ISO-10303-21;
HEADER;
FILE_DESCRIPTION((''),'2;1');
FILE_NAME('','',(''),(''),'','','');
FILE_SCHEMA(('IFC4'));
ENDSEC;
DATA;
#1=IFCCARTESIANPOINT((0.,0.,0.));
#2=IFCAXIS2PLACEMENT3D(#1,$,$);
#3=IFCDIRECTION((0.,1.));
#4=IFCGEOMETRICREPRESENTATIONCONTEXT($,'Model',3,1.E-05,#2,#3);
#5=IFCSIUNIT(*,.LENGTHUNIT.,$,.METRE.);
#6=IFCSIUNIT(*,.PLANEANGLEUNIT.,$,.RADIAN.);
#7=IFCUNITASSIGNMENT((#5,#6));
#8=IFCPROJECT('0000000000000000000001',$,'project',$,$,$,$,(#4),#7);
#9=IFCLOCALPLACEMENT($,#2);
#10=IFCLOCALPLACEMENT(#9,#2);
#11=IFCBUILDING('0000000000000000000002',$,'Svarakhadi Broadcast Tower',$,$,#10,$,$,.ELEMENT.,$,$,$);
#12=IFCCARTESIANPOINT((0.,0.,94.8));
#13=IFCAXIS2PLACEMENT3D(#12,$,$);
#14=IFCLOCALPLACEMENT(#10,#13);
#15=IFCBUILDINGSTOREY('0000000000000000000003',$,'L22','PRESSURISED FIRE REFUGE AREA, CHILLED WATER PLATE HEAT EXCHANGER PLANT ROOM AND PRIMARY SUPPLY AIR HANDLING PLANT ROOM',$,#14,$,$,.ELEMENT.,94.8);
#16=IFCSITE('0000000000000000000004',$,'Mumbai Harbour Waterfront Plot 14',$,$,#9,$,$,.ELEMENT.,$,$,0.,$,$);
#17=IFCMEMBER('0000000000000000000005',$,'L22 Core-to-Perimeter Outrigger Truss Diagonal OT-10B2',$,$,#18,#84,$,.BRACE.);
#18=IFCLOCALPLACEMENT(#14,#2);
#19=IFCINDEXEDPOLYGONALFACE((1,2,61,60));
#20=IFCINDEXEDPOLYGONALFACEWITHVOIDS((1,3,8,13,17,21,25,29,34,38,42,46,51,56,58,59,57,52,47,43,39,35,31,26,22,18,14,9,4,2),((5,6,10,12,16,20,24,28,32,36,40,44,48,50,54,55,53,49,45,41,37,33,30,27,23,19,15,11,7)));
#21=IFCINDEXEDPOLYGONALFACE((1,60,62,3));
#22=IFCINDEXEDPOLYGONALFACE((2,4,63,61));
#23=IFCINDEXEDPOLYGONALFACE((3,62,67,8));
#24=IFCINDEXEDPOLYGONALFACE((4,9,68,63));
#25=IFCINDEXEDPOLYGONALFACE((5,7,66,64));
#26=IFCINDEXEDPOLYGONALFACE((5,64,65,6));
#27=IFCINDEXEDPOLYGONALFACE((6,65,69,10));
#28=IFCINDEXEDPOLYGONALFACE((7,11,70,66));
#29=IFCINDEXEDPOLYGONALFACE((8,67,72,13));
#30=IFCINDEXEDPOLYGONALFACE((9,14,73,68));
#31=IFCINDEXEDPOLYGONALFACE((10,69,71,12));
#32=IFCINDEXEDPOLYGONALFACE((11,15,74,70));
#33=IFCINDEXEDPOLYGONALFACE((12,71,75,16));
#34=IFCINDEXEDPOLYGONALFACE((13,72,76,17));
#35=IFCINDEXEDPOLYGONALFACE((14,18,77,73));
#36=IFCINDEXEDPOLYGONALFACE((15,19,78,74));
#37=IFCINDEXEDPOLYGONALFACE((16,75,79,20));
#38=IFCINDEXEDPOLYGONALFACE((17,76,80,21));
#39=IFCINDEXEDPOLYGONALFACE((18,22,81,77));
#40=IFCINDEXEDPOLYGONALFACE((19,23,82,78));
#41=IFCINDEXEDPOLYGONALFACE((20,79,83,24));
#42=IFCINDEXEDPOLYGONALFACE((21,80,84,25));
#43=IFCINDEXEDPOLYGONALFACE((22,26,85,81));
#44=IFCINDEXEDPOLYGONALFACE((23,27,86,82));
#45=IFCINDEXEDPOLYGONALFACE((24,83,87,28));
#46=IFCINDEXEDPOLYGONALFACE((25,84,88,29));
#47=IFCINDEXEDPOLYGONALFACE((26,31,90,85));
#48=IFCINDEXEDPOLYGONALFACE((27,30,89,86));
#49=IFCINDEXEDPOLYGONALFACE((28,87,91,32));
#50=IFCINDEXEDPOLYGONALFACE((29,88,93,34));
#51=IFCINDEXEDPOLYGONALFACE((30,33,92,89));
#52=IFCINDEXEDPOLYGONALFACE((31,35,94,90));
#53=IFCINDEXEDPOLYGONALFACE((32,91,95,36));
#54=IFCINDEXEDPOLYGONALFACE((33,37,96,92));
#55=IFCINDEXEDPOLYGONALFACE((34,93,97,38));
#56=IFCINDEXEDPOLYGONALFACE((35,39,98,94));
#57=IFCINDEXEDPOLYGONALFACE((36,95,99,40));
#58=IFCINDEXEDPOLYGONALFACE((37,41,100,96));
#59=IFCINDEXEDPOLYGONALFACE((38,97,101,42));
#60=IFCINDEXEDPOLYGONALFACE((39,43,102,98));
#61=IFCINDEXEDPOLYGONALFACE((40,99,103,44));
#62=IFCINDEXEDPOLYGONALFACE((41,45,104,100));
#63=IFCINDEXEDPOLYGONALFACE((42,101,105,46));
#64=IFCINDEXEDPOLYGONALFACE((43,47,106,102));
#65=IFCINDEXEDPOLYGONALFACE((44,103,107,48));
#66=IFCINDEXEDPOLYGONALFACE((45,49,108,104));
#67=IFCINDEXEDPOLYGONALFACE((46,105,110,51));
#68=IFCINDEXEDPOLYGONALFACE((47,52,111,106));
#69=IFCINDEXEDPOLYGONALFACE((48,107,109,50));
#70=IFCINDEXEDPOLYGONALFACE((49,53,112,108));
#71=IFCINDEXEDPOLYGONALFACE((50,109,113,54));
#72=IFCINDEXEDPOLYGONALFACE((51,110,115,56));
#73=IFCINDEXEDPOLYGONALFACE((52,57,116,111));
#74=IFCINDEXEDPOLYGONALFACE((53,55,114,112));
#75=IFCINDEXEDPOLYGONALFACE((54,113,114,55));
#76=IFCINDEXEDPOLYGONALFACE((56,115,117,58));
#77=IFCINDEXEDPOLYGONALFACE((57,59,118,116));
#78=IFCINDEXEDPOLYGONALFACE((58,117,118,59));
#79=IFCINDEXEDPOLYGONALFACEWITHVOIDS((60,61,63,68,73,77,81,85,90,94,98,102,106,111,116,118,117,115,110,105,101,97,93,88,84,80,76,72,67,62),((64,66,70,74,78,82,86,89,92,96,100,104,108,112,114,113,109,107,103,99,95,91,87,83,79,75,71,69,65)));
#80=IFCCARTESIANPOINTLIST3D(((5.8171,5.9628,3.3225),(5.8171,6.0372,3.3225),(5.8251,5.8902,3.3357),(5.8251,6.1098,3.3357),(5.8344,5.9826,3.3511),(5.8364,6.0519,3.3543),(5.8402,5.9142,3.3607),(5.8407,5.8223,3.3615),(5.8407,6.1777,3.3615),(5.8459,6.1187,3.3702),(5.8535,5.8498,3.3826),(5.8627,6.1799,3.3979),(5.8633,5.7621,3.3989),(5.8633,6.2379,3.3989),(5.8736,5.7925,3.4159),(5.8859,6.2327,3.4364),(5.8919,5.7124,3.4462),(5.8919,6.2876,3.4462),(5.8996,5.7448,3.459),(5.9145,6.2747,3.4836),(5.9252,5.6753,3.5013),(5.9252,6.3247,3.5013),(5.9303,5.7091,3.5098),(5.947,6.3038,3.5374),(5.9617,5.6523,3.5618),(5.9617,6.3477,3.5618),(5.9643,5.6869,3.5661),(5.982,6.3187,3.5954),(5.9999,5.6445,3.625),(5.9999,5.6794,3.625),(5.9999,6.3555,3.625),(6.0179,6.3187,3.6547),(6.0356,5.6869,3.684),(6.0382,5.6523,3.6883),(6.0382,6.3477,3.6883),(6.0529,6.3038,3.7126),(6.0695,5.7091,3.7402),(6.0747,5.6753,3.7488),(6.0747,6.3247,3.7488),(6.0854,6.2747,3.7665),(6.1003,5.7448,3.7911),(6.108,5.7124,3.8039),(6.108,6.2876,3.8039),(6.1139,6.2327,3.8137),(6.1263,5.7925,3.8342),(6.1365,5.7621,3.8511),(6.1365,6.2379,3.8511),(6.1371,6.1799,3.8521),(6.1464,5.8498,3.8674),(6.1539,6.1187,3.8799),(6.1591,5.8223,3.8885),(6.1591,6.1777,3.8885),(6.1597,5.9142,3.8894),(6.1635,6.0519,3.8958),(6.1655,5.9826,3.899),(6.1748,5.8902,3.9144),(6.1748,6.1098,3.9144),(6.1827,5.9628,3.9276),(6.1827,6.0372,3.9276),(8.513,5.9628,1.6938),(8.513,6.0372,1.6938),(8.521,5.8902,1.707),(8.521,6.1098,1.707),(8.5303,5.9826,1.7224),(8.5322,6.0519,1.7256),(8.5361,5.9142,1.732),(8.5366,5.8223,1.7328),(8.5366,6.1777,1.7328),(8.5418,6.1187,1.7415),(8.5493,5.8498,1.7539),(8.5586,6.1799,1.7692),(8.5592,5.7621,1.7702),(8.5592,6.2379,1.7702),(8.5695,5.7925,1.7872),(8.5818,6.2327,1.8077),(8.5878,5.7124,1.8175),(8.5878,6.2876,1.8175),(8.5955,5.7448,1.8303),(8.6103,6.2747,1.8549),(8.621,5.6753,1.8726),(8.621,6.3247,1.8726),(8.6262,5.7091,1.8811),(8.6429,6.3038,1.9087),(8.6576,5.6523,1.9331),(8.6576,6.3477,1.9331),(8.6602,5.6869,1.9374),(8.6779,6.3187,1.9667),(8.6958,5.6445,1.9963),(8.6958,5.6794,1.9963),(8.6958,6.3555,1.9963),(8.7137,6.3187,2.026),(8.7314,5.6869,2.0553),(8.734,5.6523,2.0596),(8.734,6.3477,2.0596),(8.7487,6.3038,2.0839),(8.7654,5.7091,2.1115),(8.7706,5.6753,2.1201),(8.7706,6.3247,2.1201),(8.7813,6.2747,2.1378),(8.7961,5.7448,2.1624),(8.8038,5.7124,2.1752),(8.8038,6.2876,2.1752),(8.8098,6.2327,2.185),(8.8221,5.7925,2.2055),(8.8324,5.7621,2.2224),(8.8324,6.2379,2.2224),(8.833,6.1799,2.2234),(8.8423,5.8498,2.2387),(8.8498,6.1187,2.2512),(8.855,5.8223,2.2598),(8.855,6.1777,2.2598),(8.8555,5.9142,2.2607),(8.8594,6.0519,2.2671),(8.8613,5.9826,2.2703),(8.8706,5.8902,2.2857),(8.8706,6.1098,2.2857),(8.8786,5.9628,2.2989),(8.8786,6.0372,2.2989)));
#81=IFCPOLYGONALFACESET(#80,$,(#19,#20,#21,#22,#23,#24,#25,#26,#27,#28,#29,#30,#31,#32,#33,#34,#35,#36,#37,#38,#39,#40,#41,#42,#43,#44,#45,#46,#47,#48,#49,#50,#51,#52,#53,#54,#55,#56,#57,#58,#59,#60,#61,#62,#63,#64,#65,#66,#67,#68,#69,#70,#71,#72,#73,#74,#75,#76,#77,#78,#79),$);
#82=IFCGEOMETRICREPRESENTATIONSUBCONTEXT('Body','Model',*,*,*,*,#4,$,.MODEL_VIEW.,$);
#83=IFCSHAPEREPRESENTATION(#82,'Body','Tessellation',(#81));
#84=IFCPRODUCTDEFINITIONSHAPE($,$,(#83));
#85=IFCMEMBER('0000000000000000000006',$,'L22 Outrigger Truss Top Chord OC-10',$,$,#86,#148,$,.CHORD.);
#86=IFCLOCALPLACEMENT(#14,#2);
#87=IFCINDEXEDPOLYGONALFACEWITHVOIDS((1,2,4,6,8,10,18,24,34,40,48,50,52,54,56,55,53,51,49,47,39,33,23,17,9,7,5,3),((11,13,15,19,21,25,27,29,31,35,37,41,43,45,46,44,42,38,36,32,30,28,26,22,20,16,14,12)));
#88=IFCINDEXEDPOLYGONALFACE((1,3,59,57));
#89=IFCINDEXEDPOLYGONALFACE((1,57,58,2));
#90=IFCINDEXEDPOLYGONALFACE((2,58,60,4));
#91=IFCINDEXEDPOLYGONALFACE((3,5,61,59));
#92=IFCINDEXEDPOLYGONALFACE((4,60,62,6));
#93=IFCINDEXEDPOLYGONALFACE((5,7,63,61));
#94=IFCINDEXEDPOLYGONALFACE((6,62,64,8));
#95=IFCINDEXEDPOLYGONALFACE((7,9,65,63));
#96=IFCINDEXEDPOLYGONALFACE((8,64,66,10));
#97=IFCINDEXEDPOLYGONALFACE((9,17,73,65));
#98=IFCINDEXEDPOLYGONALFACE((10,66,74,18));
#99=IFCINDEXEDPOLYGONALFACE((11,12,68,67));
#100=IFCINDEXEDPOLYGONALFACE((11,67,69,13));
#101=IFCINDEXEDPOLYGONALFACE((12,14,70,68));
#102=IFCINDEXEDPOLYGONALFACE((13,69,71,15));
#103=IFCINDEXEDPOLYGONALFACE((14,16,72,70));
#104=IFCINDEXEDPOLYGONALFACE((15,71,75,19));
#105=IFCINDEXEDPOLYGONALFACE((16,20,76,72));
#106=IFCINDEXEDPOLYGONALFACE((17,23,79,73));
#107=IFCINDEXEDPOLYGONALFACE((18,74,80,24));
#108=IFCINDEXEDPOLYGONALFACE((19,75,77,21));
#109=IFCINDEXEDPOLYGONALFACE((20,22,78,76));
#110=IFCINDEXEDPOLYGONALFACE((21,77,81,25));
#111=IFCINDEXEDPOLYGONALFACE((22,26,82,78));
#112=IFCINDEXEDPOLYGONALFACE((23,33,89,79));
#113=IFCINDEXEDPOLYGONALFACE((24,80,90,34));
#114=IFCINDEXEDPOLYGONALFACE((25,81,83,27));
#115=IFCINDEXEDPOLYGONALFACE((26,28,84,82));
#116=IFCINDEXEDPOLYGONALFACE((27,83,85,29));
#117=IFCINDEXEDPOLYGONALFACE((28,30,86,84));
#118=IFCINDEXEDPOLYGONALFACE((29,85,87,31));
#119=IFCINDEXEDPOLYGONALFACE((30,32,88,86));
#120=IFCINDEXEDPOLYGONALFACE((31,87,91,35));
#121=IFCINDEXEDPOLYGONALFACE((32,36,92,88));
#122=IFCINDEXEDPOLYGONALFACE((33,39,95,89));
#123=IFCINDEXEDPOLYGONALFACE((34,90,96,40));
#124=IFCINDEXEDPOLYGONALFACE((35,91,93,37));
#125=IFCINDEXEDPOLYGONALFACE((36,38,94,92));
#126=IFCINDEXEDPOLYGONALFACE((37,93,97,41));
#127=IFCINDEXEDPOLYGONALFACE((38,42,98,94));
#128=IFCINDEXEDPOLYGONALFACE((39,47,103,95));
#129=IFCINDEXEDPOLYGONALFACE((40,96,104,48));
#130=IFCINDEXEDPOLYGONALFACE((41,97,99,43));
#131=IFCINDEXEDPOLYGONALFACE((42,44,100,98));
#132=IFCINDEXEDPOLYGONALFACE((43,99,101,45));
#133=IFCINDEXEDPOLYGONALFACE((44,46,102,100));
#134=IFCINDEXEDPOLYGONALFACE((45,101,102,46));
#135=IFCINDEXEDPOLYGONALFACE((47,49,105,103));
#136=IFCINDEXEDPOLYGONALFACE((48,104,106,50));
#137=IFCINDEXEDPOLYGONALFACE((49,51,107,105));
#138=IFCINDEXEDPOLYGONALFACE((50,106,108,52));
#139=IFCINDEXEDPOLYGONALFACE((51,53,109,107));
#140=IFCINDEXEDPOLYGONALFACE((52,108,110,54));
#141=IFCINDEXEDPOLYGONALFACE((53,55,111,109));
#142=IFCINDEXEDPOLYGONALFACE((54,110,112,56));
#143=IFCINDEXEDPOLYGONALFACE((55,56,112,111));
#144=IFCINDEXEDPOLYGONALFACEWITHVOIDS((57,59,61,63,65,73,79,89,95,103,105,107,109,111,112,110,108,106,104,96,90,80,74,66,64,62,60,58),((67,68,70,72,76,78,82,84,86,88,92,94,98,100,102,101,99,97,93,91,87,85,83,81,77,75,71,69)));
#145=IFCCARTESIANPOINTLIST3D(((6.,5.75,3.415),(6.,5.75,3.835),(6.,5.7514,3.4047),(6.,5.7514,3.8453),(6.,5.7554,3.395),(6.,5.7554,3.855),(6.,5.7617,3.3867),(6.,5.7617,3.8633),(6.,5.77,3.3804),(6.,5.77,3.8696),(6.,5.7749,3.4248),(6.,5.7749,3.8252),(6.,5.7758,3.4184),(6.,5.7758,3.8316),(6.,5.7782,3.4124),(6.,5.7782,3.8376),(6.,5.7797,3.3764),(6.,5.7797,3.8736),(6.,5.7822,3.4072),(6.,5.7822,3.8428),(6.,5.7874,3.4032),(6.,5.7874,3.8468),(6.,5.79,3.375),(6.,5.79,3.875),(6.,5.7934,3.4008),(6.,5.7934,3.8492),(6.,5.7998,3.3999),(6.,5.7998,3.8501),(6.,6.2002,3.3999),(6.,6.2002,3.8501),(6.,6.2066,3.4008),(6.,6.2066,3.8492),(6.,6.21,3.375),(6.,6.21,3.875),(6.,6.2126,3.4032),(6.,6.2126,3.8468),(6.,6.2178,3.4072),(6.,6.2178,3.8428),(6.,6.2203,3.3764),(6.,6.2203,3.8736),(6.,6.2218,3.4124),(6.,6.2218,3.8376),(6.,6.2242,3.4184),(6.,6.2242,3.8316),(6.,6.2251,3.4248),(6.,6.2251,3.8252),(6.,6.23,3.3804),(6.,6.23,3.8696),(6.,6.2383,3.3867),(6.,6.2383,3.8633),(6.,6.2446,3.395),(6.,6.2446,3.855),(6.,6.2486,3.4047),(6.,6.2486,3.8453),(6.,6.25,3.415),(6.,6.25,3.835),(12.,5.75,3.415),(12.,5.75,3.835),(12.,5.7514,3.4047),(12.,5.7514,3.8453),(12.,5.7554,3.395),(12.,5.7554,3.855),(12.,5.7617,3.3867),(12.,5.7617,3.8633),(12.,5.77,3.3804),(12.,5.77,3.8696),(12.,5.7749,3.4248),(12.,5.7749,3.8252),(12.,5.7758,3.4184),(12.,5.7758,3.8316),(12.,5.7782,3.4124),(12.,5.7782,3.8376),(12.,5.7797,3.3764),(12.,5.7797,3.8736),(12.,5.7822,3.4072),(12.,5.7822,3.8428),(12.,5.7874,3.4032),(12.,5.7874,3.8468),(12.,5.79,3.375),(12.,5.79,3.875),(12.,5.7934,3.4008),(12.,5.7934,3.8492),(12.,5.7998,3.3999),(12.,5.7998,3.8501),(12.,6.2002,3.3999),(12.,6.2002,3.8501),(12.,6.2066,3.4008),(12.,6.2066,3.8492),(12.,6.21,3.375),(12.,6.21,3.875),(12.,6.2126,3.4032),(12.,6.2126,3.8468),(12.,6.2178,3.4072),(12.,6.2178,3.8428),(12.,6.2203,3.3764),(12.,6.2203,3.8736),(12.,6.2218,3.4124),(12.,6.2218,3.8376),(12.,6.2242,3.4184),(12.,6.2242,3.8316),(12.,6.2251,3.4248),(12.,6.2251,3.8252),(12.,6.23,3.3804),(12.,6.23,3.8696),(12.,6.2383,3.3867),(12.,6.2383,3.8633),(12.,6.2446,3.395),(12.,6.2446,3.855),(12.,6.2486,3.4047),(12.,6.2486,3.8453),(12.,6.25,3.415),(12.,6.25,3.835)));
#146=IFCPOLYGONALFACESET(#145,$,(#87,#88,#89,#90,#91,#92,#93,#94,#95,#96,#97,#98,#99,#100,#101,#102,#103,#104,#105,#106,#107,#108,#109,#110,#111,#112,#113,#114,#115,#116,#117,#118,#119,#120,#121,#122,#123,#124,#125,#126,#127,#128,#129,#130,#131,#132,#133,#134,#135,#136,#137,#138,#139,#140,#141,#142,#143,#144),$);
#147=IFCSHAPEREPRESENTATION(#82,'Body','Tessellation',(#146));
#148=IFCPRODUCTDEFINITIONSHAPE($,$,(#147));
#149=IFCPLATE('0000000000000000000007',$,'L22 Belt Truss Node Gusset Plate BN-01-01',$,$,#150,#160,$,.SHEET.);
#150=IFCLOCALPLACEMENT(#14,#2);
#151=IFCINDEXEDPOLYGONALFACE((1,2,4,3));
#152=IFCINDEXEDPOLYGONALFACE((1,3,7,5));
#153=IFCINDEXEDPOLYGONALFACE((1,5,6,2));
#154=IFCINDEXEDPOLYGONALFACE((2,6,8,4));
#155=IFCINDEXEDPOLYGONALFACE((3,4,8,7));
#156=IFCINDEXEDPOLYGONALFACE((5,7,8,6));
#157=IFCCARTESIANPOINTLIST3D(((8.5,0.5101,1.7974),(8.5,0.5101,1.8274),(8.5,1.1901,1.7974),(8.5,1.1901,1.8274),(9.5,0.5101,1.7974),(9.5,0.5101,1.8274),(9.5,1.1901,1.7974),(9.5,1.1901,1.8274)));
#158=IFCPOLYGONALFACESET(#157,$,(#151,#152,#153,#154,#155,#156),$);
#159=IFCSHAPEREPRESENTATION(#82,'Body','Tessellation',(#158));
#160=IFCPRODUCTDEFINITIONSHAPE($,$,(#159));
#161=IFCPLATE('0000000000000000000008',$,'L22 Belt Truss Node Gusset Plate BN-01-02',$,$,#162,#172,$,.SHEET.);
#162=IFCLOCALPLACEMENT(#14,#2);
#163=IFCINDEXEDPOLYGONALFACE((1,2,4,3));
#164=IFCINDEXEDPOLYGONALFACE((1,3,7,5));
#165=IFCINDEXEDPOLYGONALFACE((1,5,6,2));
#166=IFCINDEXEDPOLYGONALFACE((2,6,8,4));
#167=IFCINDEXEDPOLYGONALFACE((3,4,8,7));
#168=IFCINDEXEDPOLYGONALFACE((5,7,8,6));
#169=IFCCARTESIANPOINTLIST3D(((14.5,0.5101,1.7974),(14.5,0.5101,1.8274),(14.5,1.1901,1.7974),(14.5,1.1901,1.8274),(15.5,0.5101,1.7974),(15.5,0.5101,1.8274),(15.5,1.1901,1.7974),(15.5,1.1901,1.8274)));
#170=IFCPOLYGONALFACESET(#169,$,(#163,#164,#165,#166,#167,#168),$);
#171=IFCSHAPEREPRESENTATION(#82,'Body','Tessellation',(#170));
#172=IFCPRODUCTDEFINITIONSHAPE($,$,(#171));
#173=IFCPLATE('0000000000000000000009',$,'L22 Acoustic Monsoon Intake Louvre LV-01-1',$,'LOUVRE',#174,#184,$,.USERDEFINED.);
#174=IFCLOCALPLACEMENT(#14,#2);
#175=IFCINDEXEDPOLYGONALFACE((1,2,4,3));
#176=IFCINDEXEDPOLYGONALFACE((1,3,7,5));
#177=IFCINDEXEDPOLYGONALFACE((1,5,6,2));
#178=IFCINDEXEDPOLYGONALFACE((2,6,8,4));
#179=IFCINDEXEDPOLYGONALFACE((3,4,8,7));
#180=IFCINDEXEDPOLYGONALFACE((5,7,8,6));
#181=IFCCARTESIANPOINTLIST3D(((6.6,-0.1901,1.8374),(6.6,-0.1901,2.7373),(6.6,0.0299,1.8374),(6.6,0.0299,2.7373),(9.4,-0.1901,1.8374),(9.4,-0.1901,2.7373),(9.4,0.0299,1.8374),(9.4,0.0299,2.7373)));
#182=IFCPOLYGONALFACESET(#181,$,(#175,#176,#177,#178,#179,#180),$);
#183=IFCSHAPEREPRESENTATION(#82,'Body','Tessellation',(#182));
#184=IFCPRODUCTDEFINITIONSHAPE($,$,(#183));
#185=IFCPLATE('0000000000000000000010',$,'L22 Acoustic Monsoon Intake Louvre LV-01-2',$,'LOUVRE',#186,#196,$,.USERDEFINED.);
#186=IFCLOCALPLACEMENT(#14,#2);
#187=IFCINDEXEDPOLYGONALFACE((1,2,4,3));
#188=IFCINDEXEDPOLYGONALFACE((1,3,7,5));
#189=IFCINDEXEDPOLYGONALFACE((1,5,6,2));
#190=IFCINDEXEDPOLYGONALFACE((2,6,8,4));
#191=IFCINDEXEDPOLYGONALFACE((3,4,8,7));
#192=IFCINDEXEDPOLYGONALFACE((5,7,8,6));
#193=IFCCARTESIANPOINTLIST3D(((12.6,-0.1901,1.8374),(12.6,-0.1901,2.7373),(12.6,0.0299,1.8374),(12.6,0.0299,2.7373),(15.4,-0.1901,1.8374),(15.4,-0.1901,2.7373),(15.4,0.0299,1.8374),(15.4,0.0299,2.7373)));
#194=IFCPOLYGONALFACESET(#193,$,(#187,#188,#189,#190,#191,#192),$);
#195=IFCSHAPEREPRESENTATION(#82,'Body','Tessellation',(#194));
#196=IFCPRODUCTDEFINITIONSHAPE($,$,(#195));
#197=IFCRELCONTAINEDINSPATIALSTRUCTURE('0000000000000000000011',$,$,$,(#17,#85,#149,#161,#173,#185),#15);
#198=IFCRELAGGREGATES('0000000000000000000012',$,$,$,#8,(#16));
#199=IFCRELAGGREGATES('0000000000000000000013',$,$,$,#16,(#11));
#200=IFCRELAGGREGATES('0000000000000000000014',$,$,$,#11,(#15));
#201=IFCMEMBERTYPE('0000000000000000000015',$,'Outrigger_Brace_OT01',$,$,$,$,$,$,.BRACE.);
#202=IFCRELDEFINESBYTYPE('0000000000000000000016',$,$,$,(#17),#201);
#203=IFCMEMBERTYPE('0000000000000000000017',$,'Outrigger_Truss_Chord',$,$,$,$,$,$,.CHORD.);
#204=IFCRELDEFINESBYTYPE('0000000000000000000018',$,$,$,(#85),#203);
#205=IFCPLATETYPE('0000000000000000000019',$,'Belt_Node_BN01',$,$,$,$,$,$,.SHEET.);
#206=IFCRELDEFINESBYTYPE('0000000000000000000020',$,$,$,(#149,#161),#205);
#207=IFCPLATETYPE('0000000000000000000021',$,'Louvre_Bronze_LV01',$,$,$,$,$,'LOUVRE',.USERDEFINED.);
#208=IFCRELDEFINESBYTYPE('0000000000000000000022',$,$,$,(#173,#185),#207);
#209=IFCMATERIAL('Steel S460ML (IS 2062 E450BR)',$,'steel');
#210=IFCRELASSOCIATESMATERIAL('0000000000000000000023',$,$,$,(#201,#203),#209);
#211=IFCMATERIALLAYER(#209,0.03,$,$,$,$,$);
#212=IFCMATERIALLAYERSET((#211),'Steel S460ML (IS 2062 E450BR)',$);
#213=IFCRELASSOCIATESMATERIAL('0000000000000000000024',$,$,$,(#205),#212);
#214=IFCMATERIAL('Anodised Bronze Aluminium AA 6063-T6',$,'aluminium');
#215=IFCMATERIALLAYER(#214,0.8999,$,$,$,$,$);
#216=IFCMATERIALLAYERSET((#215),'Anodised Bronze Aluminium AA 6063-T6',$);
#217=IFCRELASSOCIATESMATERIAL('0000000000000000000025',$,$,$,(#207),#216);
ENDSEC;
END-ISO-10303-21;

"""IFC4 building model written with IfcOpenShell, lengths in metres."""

from ifc_helpers import new_model, si_unit, direction, frame, origin, origin_2d, place, context, subcontext, project, spatial, rectangle, hollow_rectangle, hollow_circle, extrude, material, layer, layer_set, material_profile, profile_set, type_object, element, save


model = new_model("IFC4")

# Units and contexts
model_context = context("Model", 3, precision=1e-05, world=origin(), true_north=direction((0.0, 1.0)))
body_context = subcontext(model_context, "Body", "Model", "MODEL_VIEW")
ifc_project = project(units=[si_unit("LENGTHUNIT", "METRE"), si_unit("PLANEANGLEUNIT", "RADIAN")], contexts=[model_context])

# Site, building, storey
site_placement = place(None, origin())
site = spatial("IfcSite", under=ifc_project, at=site_placement, Name="Mumbai Harbour Waterfront Plot 14", CompositionType="ELEMENT", RefElevation=0.0)
building_placement = place(site_placement, origin())
building = spatial("IfcBuilding", under=site, at=building_placement, Name="Svarakhadi Broadcast Tower", CompositionType="ELEMENT")
storey_placement = place(building_placement, frame((0.0, 0.0, 94.8)))
storey = spatial("IfcBuildingStorey", under=building, at=storey_placement, Name="L22", Description="PRESSURISED FIRE REFUGE AREA, CHILLED WATER PLATE HEAT EXCHANGER PLANT ROOM AND PRIMARY SUPPLY AIR HANDLING PLANT ROOM", CompositionType="ELEMENT", Elevation=94.8)

# Shared definitions
ifc_material_1 = material(Name="Steel S460ML (IS 2062 E450BR)", Category="steel")

# Members
ifc_material_profile_1 = material_profile(ifc_material_1, hollow_circle(Radius=0.3555, WallThickness=0.0349, at=origin_2d()), Name="CHS 711x35")
ifc_profile_set_1 = profile_set([ifc_material_profile_1], Name="Steel S460ML (IS 2062 E450BR)")
member_type_1 = type_object("IfcMemberType", Name="Outrigger_Brace_OT01", PredefinedType="BRACE", material=ifc_profile_set_1)
for number, where, z_axis, x_axis, name in (
    (1, (8.6958, 6.0, 1.9963), (-0.855923, 0.0, 0.517104), (0.0, -1.0, 0.0), "L22 Core-to-Perimeter Outrigger Truss Diagonal OT-10B2"),
):
    element("IfcMember", number, at=place(storey_placement, frame(where, z_axis=z_axis, x_axis=x_axis)), inside=storey, type_object=member_type_1, Name=name, PredefinedType="BRACE", context=body_context, shape_type="SweptSolid", body=[
        extrude(hollow_circle(Radius=0.3555, WallThickness=0.0349, at=origin_2d()), origin(), (0.0, 0.0, 1.0), 3.1497),
    ])
ifc_material_profile_2 = material_profile(ifc_material_1, hollow_rectangle(XDim=0.5, YDim=0.5, WallThickness=0.0249, InnerFilletRadius=0.0249, OuterFilletRadius=0.04, at=origin_2d()), Name="SHS 500x500x25")
ifc_profile_set_2 = profile_set([ifc_material_profile_2], Name="Steel S460ML (IS 2062 E450BR)")
member_type_2 = type_object("IfcMemberType", Name="Outrigger_Truss_Chord", PredefinedType="CHORD", material=ifc_profile_set_2)
member_1_placement = place(storey_placement, frame((6.0, 6.0, 3.625), z_axis=(1.0, 0.0, 0.0), x_axis=(0.0, 1.0, 0.0)))
element("IfcMember", 2, at=member_1_placement, inside=storey, type_object=member_type_2, Name="L22 Outrigger Truss Top Chord OC-10", PredefinedType="CHORD", context=body_context, shape_type="SweptSolid", body=[
    extrude(hollow_rectangle(XDim=0.5, YDim=0.5, WallThickness=0.0249, InnerFilletRadius=0.0249, OuterFilletRadius=0.04, at=origin_2d()), origin(), (0.0, 0.0, 1.0), 6.0),
])

# Plates
ifc_layer_1 = layer(ifc_material_1, 0.03)
ifc_layer_set_1 = layer_set([ifc_layer_1], Name="Steel S460ML (IS 2062 E450BR)")
plate_type_1 = type_object("IfcPlateType", Name="Belt_Node_BN01", PredefinedType="SHEET", material=ifc_layer_set_1)
for number, where, z_axis, x_axis, name in (
    (3, (9.0, 0.8501, 1.7974), (0.0, 0.0, 1.0), (1.0, 0.0, 0.0), "L22 Belt Truss Node Gusset Plate BN-01-01"),
    (4, (15.0, 0.8501, 1.7974), (0.0, 0.0, 1.0), (1.0, 0.0, 0.0), "L22 Belt Truss Node Gusset Plate BN-01-02"),
):
    element("IfcPlate", number, at=place(storey_placement, frame(where, z_axis=z_axis, x_axis=x_axis)), inside=storey, type_object=plate_type_1, Name=name, PredefinedType="SHEET", context=body_context, shape_type="SweptSolid", body=[
        extrude(rectangle(XDim=1.0, YDim=0.6799, at=origin_2d()), origin(), (0.0, 0.0, 1.0), 0.03),
    ])
ifc_material_2 = material(Name="Anodised Bronze Aluminium AA 6063-T6", Category="aluminium")
ifc_layer_2 = layer(ifc_material_2, 0.8999)
ifc_layer_set_2 = layer_set([ifc_layer_2], Name="Anodised Bronze Aluminium AA 6063-T6")
plate_type_2 = type_object("IfcPlateType", Name="Louvre_Bronze_LV01", ElementType="LOUVRE", PredefinedType="USERDEFINED", material=ifc_layer_set_2)
for number, where, z_axis, x_axis, name in (
    (5, (8.0, -0.0801, 1.8374), (0.0, 0.0, 1.0), (1.0, 0.0, 0.0), "L22 Acoustic Monsoon Intake Louvre LV-01-1"),
    (6, (14.0, -0.0801, 1.8374), (0.0, 0.0, 1.0), (1.0, 0.0, 0.0), "L22 Acoustic Monsoon Intake Louvre LV-01-2"),
):
    element("IfcPlate", number, at=place(storey_placement, frame(where, z_axis=z_axis, x_axis=x_axis)), inside=storey, type_object=plate_type_2, Name=name, ObjectType="LOUVRE", PredefinedType="USERDEFINED", context=body_context, shape_type="SweptSolid", body=[
        extrude(rectangle(XDim=2.8, YDim=0.22, at=origin_2d()), origin(), (0.0, 0.0, 1.0), 0.8999),
    ])

save(model, "model.ifc")
